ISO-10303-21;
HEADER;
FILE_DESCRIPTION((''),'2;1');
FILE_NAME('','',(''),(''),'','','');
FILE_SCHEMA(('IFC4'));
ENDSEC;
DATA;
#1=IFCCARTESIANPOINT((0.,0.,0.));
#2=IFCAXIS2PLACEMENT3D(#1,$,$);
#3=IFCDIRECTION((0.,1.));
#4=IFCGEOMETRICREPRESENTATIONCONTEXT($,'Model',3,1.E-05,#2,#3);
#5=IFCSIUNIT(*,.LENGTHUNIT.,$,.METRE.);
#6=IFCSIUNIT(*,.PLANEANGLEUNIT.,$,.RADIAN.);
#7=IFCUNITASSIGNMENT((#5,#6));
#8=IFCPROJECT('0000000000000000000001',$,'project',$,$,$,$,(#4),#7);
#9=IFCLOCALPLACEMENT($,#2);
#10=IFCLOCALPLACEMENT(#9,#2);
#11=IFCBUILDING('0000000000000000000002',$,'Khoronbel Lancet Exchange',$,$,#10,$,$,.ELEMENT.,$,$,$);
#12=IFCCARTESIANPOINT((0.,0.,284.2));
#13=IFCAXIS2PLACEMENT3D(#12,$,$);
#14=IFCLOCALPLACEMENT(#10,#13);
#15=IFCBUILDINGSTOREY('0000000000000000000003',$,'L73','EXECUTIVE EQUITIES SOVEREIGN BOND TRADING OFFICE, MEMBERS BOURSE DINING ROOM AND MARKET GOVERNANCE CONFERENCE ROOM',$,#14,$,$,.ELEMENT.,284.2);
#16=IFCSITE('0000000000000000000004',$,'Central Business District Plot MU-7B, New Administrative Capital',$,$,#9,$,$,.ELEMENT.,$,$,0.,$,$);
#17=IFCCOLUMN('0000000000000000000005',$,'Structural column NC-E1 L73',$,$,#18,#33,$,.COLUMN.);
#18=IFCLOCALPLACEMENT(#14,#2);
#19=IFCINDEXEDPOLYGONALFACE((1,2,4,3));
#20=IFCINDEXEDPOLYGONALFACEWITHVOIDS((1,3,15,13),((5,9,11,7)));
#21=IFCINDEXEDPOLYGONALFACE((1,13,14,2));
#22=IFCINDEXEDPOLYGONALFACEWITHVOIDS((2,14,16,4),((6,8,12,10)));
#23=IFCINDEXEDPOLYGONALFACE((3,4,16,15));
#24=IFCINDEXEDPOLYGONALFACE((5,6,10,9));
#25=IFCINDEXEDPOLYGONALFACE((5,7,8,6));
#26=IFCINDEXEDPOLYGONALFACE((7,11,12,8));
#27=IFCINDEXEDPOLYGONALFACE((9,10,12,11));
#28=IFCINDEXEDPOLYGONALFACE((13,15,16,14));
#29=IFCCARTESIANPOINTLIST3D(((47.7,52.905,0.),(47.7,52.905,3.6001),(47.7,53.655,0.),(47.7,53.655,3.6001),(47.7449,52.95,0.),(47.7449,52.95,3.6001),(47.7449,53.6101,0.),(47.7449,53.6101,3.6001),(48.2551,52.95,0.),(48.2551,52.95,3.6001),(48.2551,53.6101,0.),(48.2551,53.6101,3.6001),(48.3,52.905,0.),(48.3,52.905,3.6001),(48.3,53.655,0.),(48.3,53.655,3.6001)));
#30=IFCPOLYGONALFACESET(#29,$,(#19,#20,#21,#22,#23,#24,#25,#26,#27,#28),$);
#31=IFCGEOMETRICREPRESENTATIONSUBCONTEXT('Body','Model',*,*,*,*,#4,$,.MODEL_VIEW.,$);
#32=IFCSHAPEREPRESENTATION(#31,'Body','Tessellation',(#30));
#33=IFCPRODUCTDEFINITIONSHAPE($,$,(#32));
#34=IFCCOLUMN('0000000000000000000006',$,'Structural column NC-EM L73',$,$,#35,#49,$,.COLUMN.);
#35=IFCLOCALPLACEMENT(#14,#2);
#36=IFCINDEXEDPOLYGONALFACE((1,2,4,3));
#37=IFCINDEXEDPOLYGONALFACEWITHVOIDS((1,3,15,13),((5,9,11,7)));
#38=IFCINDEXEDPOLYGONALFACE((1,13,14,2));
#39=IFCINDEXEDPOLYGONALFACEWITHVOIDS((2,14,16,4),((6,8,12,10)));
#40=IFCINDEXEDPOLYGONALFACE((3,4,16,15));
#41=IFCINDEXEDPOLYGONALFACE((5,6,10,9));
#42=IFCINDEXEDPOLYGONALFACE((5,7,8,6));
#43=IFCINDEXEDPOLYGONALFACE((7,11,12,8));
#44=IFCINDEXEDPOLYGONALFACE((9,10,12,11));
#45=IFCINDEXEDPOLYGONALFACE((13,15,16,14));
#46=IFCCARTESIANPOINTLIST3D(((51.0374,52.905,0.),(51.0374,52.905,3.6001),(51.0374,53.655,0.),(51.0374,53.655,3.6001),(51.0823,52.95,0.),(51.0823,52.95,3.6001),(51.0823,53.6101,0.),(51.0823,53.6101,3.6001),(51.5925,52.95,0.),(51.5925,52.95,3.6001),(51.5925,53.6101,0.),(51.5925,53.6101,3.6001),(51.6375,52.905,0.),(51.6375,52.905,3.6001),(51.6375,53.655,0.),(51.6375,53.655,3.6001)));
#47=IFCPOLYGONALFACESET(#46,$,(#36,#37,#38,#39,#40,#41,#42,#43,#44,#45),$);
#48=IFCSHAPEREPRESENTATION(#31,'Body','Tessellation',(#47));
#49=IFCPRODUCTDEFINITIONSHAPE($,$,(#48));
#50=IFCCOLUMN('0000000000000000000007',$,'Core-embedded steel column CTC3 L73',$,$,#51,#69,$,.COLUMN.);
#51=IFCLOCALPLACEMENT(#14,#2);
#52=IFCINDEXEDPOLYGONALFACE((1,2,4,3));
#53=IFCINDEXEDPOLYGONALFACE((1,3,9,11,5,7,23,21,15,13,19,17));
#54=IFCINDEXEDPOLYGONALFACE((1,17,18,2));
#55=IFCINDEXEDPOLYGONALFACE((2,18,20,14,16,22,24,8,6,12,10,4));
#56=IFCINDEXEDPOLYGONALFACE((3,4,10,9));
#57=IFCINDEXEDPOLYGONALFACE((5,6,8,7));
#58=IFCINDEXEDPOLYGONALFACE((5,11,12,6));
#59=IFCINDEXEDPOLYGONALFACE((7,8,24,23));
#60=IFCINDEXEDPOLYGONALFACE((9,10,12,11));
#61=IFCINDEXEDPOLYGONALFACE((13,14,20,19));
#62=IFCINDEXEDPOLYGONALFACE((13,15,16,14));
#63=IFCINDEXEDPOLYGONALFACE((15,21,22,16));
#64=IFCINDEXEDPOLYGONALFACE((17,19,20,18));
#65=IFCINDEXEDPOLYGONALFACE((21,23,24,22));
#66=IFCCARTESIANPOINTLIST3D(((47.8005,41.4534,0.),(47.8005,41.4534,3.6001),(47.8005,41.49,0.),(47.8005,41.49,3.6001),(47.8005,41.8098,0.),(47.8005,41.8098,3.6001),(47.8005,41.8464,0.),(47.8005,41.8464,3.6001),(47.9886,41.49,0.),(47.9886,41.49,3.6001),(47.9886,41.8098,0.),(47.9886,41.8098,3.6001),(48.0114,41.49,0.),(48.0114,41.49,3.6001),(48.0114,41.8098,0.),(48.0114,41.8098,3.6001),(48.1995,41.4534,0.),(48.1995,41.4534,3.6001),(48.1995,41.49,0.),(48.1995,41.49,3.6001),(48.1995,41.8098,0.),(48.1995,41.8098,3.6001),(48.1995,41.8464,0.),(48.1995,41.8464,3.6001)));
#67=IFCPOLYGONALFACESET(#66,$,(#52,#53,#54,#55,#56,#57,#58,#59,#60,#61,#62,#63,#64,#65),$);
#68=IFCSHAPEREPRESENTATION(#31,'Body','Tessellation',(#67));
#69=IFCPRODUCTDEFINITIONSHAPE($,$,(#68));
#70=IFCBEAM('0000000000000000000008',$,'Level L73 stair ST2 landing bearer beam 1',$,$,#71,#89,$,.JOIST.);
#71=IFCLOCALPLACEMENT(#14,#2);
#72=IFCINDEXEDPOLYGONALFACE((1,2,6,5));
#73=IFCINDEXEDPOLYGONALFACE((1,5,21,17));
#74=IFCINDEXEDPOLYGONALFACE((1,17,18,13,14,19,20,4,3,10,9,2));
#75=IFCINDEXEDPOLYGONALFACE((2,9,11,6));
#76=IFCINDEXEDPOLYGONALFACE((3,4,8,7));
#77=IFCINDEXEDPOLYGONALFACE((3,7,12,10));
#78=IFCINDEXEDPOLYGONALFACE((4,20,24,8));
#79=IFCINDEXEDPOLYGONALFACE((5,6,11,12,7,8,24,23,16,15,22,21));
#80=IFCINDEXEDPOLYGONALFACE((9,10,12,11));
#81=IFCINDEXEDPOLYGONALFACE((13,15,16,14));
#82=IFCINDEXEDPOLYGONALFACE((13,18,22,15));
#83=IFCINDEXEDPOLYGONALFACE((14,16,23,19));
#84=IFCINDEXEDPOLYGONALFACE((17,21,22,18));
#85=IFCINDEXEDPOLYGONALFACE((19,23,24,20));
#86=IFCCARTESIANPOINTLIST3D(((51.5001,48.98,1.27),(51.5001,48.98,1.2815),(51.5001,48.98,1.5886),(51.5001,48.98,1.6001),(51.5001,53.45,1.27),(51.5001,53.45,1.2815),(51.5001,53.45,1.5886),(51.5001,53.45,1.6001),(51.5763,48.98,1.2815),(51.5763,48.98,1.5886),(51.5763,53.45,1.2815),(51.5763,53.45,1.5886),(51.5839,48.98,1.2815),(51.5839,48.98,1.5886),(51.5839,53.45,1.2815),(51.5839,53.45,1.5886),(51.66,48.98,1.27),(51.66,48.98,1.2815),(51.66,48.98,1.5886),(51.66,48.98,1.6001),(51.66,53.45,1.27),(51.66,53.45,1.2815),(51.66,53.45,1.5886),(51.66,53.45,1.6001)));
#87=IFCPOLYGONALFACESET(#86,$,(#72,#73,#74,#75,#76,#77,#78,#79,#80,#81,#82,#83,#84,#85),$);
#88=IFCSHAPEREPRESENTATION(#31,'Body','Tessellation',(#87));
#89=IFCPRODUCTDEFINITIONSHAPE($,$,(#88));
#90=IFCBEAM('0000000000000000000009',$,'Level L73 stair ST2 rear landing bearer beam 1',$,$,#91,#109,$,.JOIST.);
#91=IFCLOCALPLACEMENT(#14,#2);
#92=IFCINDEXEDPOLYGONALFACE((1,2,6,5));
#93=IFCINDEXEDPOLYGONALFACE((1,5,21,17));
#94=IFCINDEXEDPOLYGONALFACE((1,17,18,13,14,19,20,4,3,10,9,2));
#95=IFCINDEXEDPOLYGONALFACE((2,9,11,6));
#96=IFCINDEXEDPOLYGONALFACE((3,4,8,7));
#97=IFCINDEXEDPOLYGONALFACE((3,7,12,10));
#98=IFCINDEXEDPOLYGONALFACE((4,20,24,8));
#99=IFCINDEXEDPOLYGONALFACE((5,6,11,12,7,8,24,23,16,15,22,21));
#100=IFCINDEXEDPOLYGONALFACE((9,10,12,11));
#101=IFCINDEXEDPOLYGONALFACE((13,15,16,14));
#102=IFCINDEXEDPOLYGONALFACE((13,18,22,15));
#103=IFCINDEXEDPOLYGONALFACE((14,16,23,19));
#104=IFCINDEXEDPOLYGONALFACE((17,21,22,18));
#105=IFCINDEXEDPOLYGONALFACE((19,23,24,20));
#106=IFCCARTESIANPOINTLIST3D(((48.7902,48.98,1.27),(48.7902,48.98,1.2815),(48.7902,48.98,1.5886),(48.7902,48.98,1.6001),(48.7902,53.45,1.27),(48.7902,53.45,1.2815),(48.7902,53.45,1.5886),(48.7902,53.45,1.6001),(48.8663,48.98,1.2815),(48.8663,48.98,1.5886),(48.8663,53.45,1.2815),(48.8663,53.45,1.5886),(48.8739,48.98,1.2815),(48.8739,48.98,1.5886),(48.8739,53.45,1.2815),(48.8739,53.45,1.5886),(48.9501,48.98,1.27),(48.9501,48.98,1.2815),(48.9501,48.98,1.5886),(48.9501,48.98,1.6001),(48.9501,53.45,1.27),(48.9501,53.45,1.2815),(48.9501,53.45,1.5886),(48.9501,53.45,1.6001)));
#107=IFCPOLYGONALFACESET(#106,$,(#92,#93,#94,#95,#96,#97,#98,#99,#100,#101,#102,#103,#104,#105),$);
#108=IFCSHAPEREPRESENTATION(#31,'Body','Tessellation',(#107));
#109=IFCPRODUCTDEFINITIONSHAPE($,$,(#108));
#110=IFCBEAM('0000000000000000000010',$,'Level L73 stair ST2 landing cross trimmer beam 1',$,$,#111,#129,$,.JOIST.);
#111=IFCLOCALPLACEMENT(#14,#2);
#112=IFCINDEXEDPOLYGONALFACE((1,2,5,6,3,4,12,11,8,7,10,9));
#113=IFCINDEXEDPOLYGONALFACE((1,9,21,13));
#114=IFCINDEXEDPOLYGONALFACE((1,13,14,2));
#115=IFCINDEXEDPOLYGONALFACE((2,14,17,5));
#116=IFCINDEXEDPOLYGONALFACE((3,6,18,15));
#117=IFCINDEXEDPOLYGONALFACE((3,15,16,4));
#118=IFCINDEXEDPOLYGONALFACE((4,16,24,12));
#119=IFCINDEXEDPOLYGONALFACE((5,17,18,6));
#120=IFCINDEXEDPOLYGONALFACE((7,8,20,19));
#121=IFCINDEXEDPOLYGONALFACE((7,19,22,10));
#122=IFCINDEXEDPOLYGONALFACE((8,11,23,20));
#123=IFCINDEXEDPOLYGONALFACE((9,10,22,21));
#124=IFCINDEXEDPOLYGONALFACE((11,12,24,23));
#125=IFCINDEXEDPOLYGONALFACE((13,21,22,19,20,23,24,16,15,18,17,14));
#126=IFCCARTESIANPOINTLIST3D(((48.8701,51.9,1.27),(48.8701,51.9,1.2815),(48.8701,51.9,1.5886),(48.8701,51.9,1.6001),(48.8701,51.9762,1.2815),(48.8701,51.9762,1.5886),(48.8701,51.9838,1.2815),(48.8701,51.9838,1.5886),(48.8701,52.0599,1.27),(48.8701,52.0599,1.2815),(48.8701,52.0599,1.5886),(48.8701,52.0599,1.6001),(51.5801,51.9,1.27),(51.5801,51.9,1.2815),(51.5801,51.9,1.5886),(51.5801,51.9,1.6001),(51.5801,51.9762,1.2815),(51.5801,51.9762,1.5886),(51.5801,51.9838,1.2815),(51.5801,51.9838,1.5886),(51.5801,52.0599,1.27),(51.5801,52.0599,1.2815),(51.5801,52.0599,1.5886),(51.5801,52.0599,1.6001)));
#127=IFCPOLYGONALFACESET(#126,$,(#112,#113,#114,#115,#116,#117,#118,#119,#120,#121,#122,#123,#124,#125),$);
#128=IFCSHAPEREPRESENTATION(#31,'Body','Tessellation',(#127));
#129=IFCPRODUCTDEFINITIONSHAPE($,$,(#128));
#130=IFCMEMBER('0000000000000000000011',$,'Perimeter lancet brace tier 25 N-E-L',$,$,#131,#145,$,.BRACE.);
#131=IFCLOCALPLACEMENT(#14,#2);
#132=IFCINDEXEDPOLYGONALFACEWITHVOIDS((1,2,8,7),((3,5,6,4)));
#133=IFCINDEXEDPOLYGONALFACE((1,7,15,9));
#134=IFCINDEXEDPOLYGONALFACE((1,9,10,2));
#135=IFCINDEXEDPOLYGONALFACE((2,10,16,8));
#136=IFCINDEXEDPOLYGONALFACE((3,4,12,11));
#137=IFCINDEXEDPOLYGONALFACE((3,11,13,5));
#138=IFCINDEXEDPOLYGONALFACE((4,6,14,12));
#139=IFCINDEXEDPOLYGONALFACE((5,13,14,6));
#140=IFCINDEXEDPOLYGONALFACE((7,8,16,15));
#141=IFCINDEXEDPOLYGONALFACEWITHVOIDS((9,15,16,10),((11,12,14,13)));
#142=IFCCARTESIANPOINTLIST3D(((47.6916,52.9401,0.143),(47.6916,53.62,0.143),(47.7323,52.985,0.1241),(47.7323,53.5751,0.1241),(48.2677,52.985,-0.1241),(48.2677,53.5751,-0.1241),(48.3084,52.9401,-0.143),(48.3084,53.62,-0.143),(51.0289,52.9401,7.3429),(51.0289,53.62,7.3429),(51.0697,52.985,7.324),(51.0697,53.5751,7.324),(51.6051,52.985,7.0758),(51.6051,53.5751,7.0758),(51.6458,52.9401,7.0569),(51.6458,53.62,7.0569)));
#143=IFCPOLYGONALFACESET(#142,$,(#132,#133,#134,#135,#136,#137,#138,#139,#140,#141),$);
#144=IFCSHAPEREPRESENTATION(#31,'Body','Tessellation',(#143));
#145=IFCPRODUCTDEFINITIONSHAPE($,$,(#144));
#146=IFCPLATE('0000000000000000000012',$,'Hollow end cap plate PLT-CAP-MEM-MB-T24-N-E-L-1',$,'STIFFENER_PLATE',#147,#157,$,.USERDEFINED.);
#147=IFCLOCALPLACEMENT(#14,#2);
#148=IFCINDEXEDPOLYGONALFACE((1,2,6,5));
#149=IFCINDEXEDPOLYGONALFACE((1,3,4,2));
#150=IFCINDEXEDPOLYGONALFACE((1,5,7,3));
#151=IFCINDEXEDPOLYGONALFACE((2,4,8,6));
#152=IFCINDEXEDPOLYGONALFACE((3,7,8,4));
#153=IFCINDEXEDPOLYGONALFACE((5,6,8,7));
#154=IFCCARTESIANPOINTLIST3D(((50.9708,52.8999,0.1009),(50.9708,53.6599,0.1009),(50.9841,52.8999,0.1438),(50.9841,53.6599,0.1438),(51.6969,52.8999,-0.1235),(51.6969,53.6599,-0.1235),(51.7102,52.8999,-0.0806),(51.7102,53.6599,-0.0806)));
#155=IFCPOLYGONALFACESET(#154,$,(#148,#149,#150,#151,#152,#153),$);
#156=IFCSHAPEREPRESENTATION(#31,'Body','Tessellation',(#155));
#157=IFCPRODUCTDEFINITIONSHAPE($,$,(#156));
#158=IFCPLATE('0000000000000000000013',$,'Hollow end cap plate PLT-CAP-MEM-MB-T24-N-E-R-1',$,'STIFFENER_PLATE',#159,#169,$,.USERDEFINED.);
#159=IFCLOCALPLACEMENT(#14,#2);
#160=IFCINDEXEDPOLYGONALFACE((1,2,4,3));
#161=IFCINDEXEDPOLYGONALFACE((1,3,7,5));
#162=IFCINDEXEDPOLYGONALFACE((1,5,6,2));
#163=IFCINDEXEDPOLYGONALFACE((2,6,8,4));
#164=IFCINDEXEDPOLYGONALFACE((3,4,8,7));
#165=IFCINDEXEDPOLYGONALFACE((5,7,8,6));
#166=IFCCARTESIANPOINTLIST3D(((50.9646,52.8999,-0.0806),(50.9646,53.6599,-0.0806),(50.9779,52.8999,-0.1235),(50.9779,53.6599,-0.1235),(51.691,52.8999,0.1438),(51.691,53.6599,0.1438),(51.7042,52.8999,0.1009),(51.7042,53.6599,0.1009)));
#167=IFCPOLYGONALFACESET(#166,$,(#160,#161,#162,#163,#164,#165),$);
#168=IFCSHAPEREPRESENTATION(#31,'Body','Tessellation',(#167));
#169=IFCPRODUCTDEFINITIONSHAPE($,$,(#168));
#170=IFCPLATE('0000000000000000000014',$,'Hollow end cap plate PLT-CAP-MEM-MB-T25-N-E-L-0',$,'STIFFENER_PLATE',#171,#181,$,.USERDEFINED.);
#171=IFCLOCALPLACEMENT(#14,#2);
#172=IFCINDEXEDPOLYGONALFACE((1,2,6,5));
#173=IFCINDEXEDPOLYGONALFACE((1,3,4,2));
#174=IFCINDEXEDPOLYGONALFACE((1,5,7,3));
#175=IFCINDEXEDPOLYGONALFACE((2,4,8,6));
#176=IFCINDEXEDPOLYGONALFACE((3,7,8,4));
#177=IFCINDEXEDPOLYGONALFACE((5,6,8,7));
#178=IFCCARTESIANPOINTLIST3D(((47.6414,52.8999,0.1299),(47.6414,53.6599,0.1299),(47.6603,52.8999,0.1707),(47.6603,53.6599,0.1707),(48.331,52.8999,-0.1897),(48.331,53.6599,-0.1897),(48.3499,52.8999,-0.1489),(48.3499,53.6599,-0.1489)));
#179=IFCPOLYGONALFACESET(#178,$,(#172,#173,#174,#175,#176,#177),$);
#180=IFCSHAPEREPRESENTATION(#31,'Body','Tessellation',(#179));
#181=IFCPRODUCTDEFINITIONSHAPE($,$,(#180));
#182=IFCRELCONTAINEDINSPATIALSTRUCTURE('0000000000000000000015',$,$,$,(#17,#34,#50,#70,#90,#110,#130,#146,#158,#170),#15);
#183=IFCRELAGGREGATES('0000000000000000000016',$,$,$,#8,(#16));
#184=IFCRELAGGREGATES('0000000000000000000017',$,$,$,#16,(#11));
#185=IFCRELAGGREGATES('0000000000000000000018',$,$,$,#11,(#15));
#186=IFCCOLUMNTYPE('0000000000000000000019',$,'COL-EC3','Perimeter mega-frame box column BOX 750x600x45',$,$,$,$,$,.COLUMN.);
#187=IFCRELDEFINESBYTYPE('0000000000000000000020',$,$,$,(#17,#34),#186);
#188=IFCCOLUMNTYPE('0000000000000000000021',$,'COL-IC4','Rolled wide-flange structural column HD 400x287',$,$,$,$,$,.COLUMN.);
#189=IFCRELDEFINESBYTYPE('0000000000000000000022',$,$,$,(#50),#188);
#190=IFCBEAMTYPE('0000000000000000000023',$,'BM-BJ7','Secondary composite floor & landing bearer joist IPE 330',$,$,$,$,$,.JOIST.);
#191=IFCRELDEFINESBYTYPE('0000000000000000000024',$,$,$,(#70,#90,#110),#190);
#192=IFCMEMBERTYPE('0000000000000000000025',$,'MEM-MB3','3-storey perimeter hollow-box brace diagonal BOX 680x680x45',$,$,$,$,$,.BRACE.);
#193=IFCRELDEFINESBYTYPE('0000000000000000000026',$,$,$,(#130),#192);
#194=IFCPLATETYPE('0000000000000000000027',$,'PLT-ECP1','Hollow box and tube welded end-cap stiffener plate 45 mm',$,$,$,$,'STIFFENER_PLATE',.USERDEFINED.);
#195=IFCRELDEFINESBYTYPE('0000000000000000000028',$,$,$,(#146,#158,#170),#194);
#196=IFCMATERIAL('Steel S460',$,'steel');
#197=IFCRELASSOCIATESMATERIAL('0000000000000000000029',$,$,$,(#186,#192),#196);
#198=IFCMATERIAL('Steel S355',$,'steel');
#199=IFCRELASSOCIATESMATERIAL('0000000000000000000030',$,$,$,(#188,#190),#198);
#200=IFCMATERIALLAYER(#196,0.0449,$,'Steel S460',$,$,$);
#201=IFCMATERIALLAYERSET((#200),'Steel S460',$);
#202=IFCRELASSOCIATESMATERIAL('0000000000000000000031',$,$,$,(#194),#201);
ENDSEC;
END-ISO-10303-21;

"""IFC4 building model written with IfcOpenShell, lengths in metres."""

from ifc_helpers import new_model, si_unit, direction, frame, origin, origin_2d, place, context, subcontext, project, spatial, polyline, hollow_rectangle, i_section, outline, extrude, material, layer, layer_set, material_profile, profile_set, type_object, element, save


model = new_model("IFC4")

# Units and contexts
model_context = context("Model", 3, precision=1e-05, world=origin(), true_north=direction((0.0, 1.0)))
body_context = subcontext(model_context, "Body", "Model", "MODEL_VIEW")
ifc_project = project(units=[si_unit("LENGTHUNIT", "METRE"), si_unit("PLANEANGLEUNIT", "RADIAN")], contexts=[model_context])

# Site, building, storey
site_placement = place(None, origin())
site = spatial("IfcSite", under=ifc_project, at=site_placement, Name="Central Business District Plot MU-7B, New Administrative Capital", CompositionType="ELEMENT", RefElevation=0.0)
building_placement = place(site_placement, origin())
building = spatial("IfcBuilding", under=site, at=building_placement, Name="Khoronbel Lancet Exchange", CompositionType="ELEMENT")
storey_placement = place(building_placement, frame((0.0, 0.0, 284.2)))
storey = spatial("IfcBuildingStorey", under=building, at=storey_placement, Name="L73", Description="EXECUTIVE EQUITIES SOVEREIGN BOND TRADING OFFICE, MEMBERS BOURSE DINING ROOM AND MARKET GOVERNANCE CONFERENCE ROOM", CompositionType="ELEMENT", Elevation=284.2)

# Columns
ifc_material_1 = material(Name="Steel S460", Category="steel")
ifc_material_profile_1 = material_profile(ifc_material_1, hollow_rectangle(XDim=0.6001, YDim=0.75, WallThickness=0.0449, at=origin_2d()), Name="BOX 750x600x45")
ifc_profile_set_1 = profile_set([ifc_material_profile_1], Name="Steel S460")
column_type_1 = type_object("IfcColumnType", Name="COL-EC3", Description="Perimeter mega-frame box column BOX 750x600x45", PredefinedType="COLUMN", material=ifc_profile_set_1)
for number, where, z_axis, x_axis, name in (
    (1, (48.0, 53.28, 0.0), (0.0, 0.0, 1.0), (1.0, 0.0, 0.0), "Structural column NC-E1 L73"),
    (2, (51.3374, 53.28, 0.0), (0.0, 0.0, 1.0), (1.0, 0.0, 0.0), "Structural column NC-EM L73"),
):
    element("IfcColumn", number, at=place(storey_placement, frame(where, z_axis=z_axis, x_axis=x_axis)), inside=storey, type_object=column_type_1, Name=name, PredefinedType="COLUMN", context=body_context, shape_type="SweptSolid", body=[
        extrude(hollow_rectangle(XDim=0.6001, YDim=0.75, WallThickness=0.0449, at=origin_2d()), origin(), (0.0, 0.0, 1.0), 3.6001),
    ])
ifc_material_2 = material(Name="Steel S355", Category="steel")
ifc_material_profile_2 = material_profile(ifc_material_2, i_section(OverallWidth=0.3989, OverallDepth=0.3931, WebThickness=0.0227, FlangeThickness=0.0366, at=origin_2d()), Name="HD 400x287")
ifc_profile_set_2 = profile_set([ifc_material_profile_2], Name="Steel S355")
column_type_2 = type_object("IfcColumnType", Name="COL-IC4", Description="Rolled wide-flange structural column HD 400x287", PredefinedType="COLUMN", material=ifc_profile_set_2)
column_placement = place(storey_placement, frame((48.0, 41.6499, 0.0), z_axis=(0.0, 0.0, 1.0), x_axis=(1.0, 0.0, 0.0)))
element("IfcColumn", 3, at=column_placement, inside=storey, type_object=column_type_2, Name="Core-embedded steel column CTC3 L73", PredefinedType="COLUMN", context=body_context, shape_type="SweptSolid", body=[
    extrude(i_section(OverallWidth=0.3989, OverallDepth=0.3931, WebThickness=0.0227, FlangeThickness=0.0366, at=origin_2d()), origin(), (0.0, 0.0, 1.0), 3.6001),
])

# Beams
ifc_material_profile_3 = material_profile(ifc_material_2, i_section(OverallWidth=0.1599, OverallDepth=0.3301, WebThickness=0.0076, FlangeThickness=0.0115, at=origin_2d()), Name="IPE 330")
ifc_profile_set_3 = profile_set([ifc_material_profile_3], Name="Steel S355")
beam_type = type_object("IfcBeamType", Name="BM-BJ7", Description="Secondary composite floor & landing bearer joist IPE 330", PredefinedType="JOIST", material=ifc_profile_set_3)
for number, where, z_axis, x_axis, name in (
    (4, (51.5801, 48.98, 1.4351), (0.0, 1.0, 0.0), (-1.0, 0.0, 0.0), "Level L73 stair ST2 landing bearer beam 1"),
    (5, (48.8701, 48.98, 1.4351), (0.0, 1.0, 0.0), (-1.0, 0.0, 0.0), "Level L73 stair ST2 rear landing bearer beam 1"),
):
    element("IfcBeam", number, at=place(storey_placement, frame(where, z_axis=z_axis, x_axis=x_axis)), inside=storey, type_object=beam_type, Name=name, PredefinedType="JOIST", context=body_context, shape_type="SweptSolid", body=[
        extrude(i_section(OverallWidth=0.1599, OverallDepth=0.3301, WebThickness=0.0076, FlangeThickness=0.0115, at=origin_2d()), origin(), (0.0, 0.0, 1.0), 4.47),
    ])
beam_placement = place(storey_placement, frame((48.8701, 51.98, 1.4351), z_axis=(1.0, 0.0, 0.0), x_axis=(0.0, 1.0, 0.0)))
element("IfcBeam", 6, at=beam_placement, inside=storey, type_object=beam_type, Name="Level L73 stair ST2 landing cross trimmer beam 1", PredefinedType="JOIST", context=body_context, shape_type="SweptSolid", body=[
    extrude(i_section(OverallWidth=0.1599, OverallDepth=0.3301, WebThickness=0.0076, FlangeThickness=0.0115, at=origin_2d()), origin(), (0.0, 0.0, 1.0), 2.71),
])

# Member
ifc_material_profile_4 = material_profile(ifc_material_1, hollow_rectangle(XDim=0.6799, YDim=0.6799, WallThickness=0.0449, at=origin_2d()), Name="BOX 680x680x45")
ifc_profile_set_4 = profile_set([ifc_material_profile_4], Name="Steel S460")
member_type = type_object("IfcMemberType", Name="MEM-MB3", Description="3-storey perimeter hollow-box brace diagonal BOX 680x680x45", PredefinedType="BRACE", material=ifc_profile_set_4)
member_placement = place(storey_placement, frame((48.0, 53.28, 0.0), z_axis=(0.420548, 0.0, 0.90727), x_axis=(0.0, 1.0, 0.0)))
element("IfcMember", 7, at=member_placement, inside=storey, type_object=member_type, Name="Perimeter lancet brace tier 25 N-E-L", PredefinedType="BRACE", context=body_context, shape_type="SweptSolid", body=[
    extrude(hollow_rectangle(XDim=0.6799, YDim=0.6799, WallThickness=0.0449, at=origin_2d()), origin(), (0.0, 0.0, 1.0), 7.9358),
])

# Plates
ifc_layer_1 = layer(ifc_material_1, 0.0449, Name="Steel S460")
ifc_layer_set_1 = layer_set([ifc_layer_1], Name="Steel S460")
plate_type = type_object("IfcPlateType", Name="PLT-ECP1", Description="Hollow box and tube welded end-cap stiffener plate 45 mm", ElementType="STIFFENER_PLATE", PredefinedType="USERDEFINED", material=ifc_layer_set_1)
plate_1_placement = place(storey_placement, frame((51.7102, 52.8999, -0.0806), z_axis=(0.295237, 0.0, 0.955424), x_axis=(0.0, 1.0, 0.0)))
element("IfcPlate", 8, at=plate_1_placement, inside=storey, type_object=plate_type, Name="Hollow end cap plate PLT-CAP-MEM-MB-T24-N-E-L-1", ObjectType="STIFFENER_PLATE", PredefinedType="USERDEFINED", context=body_context, shape_type="SweptSolid", body=[
    extrude(outline(polyline([(0.0, 0.0), (0.76, 0.0), (0.76, 0.76), (0.0, 0.76), (0.0, 0.0)])), origin(), (0.0, 0.0, -1.0), 0.0449),
])
plate_2_placement = place(storey_placement, frame((50.9646, 53.6599, -0.0806), z_axis=(-0.295146, 0.0, 0.955452), x_axis=(0.0, -1.0, 0.0)))
element("IfcPlate", 9, at=plate_2_placement, inside=storey, type_object=plate_type, Name="Hollow end cap plate PLT-CAP-MEM-MB-T24-N-E-R-1", ObjectType="STIFFENER_PLATE", PredefinedType="USERDEFINED", context=body_context, shape_type="SweptSolid", body=[
    extrude(outline(polyline([(0.0, 0.0), (0.76, 0.0), (0.76, 0.7603), (0.0, 0.7603), (0.0, 0.0)])), origin(), (0.0, 0.0, -1.0), 0.0449),
])
plate_3_placement = place(storey_placement, frame((48.3499, 52.8999, -0.1489), z_axis=(0.420545, 0.0, 0.907272), x_axis=(0.0, 1.0, 0.0)))
element("IfcPlate", 10, at=plate_3_placement, inside=storey, type_object=plate_type, Name="Hollow end cap plate PLT-CAP-MEM-MB-T25-N-E-L-0", ObjectType="STIFFENER_PLATE", PredefinedType="USERDEFINED", context=body_context, shape_type="SweptSolid", body=[
    extrude(outline(polyline([(0.0, 0.0), (0.76, 0.0), (0.76, 0.76), (0.0, 0.76), (0.0, 0.0)])), origin(), (0.0, 0.0, -1.0), 0.0449),
])

save(model, "model.ifc")
